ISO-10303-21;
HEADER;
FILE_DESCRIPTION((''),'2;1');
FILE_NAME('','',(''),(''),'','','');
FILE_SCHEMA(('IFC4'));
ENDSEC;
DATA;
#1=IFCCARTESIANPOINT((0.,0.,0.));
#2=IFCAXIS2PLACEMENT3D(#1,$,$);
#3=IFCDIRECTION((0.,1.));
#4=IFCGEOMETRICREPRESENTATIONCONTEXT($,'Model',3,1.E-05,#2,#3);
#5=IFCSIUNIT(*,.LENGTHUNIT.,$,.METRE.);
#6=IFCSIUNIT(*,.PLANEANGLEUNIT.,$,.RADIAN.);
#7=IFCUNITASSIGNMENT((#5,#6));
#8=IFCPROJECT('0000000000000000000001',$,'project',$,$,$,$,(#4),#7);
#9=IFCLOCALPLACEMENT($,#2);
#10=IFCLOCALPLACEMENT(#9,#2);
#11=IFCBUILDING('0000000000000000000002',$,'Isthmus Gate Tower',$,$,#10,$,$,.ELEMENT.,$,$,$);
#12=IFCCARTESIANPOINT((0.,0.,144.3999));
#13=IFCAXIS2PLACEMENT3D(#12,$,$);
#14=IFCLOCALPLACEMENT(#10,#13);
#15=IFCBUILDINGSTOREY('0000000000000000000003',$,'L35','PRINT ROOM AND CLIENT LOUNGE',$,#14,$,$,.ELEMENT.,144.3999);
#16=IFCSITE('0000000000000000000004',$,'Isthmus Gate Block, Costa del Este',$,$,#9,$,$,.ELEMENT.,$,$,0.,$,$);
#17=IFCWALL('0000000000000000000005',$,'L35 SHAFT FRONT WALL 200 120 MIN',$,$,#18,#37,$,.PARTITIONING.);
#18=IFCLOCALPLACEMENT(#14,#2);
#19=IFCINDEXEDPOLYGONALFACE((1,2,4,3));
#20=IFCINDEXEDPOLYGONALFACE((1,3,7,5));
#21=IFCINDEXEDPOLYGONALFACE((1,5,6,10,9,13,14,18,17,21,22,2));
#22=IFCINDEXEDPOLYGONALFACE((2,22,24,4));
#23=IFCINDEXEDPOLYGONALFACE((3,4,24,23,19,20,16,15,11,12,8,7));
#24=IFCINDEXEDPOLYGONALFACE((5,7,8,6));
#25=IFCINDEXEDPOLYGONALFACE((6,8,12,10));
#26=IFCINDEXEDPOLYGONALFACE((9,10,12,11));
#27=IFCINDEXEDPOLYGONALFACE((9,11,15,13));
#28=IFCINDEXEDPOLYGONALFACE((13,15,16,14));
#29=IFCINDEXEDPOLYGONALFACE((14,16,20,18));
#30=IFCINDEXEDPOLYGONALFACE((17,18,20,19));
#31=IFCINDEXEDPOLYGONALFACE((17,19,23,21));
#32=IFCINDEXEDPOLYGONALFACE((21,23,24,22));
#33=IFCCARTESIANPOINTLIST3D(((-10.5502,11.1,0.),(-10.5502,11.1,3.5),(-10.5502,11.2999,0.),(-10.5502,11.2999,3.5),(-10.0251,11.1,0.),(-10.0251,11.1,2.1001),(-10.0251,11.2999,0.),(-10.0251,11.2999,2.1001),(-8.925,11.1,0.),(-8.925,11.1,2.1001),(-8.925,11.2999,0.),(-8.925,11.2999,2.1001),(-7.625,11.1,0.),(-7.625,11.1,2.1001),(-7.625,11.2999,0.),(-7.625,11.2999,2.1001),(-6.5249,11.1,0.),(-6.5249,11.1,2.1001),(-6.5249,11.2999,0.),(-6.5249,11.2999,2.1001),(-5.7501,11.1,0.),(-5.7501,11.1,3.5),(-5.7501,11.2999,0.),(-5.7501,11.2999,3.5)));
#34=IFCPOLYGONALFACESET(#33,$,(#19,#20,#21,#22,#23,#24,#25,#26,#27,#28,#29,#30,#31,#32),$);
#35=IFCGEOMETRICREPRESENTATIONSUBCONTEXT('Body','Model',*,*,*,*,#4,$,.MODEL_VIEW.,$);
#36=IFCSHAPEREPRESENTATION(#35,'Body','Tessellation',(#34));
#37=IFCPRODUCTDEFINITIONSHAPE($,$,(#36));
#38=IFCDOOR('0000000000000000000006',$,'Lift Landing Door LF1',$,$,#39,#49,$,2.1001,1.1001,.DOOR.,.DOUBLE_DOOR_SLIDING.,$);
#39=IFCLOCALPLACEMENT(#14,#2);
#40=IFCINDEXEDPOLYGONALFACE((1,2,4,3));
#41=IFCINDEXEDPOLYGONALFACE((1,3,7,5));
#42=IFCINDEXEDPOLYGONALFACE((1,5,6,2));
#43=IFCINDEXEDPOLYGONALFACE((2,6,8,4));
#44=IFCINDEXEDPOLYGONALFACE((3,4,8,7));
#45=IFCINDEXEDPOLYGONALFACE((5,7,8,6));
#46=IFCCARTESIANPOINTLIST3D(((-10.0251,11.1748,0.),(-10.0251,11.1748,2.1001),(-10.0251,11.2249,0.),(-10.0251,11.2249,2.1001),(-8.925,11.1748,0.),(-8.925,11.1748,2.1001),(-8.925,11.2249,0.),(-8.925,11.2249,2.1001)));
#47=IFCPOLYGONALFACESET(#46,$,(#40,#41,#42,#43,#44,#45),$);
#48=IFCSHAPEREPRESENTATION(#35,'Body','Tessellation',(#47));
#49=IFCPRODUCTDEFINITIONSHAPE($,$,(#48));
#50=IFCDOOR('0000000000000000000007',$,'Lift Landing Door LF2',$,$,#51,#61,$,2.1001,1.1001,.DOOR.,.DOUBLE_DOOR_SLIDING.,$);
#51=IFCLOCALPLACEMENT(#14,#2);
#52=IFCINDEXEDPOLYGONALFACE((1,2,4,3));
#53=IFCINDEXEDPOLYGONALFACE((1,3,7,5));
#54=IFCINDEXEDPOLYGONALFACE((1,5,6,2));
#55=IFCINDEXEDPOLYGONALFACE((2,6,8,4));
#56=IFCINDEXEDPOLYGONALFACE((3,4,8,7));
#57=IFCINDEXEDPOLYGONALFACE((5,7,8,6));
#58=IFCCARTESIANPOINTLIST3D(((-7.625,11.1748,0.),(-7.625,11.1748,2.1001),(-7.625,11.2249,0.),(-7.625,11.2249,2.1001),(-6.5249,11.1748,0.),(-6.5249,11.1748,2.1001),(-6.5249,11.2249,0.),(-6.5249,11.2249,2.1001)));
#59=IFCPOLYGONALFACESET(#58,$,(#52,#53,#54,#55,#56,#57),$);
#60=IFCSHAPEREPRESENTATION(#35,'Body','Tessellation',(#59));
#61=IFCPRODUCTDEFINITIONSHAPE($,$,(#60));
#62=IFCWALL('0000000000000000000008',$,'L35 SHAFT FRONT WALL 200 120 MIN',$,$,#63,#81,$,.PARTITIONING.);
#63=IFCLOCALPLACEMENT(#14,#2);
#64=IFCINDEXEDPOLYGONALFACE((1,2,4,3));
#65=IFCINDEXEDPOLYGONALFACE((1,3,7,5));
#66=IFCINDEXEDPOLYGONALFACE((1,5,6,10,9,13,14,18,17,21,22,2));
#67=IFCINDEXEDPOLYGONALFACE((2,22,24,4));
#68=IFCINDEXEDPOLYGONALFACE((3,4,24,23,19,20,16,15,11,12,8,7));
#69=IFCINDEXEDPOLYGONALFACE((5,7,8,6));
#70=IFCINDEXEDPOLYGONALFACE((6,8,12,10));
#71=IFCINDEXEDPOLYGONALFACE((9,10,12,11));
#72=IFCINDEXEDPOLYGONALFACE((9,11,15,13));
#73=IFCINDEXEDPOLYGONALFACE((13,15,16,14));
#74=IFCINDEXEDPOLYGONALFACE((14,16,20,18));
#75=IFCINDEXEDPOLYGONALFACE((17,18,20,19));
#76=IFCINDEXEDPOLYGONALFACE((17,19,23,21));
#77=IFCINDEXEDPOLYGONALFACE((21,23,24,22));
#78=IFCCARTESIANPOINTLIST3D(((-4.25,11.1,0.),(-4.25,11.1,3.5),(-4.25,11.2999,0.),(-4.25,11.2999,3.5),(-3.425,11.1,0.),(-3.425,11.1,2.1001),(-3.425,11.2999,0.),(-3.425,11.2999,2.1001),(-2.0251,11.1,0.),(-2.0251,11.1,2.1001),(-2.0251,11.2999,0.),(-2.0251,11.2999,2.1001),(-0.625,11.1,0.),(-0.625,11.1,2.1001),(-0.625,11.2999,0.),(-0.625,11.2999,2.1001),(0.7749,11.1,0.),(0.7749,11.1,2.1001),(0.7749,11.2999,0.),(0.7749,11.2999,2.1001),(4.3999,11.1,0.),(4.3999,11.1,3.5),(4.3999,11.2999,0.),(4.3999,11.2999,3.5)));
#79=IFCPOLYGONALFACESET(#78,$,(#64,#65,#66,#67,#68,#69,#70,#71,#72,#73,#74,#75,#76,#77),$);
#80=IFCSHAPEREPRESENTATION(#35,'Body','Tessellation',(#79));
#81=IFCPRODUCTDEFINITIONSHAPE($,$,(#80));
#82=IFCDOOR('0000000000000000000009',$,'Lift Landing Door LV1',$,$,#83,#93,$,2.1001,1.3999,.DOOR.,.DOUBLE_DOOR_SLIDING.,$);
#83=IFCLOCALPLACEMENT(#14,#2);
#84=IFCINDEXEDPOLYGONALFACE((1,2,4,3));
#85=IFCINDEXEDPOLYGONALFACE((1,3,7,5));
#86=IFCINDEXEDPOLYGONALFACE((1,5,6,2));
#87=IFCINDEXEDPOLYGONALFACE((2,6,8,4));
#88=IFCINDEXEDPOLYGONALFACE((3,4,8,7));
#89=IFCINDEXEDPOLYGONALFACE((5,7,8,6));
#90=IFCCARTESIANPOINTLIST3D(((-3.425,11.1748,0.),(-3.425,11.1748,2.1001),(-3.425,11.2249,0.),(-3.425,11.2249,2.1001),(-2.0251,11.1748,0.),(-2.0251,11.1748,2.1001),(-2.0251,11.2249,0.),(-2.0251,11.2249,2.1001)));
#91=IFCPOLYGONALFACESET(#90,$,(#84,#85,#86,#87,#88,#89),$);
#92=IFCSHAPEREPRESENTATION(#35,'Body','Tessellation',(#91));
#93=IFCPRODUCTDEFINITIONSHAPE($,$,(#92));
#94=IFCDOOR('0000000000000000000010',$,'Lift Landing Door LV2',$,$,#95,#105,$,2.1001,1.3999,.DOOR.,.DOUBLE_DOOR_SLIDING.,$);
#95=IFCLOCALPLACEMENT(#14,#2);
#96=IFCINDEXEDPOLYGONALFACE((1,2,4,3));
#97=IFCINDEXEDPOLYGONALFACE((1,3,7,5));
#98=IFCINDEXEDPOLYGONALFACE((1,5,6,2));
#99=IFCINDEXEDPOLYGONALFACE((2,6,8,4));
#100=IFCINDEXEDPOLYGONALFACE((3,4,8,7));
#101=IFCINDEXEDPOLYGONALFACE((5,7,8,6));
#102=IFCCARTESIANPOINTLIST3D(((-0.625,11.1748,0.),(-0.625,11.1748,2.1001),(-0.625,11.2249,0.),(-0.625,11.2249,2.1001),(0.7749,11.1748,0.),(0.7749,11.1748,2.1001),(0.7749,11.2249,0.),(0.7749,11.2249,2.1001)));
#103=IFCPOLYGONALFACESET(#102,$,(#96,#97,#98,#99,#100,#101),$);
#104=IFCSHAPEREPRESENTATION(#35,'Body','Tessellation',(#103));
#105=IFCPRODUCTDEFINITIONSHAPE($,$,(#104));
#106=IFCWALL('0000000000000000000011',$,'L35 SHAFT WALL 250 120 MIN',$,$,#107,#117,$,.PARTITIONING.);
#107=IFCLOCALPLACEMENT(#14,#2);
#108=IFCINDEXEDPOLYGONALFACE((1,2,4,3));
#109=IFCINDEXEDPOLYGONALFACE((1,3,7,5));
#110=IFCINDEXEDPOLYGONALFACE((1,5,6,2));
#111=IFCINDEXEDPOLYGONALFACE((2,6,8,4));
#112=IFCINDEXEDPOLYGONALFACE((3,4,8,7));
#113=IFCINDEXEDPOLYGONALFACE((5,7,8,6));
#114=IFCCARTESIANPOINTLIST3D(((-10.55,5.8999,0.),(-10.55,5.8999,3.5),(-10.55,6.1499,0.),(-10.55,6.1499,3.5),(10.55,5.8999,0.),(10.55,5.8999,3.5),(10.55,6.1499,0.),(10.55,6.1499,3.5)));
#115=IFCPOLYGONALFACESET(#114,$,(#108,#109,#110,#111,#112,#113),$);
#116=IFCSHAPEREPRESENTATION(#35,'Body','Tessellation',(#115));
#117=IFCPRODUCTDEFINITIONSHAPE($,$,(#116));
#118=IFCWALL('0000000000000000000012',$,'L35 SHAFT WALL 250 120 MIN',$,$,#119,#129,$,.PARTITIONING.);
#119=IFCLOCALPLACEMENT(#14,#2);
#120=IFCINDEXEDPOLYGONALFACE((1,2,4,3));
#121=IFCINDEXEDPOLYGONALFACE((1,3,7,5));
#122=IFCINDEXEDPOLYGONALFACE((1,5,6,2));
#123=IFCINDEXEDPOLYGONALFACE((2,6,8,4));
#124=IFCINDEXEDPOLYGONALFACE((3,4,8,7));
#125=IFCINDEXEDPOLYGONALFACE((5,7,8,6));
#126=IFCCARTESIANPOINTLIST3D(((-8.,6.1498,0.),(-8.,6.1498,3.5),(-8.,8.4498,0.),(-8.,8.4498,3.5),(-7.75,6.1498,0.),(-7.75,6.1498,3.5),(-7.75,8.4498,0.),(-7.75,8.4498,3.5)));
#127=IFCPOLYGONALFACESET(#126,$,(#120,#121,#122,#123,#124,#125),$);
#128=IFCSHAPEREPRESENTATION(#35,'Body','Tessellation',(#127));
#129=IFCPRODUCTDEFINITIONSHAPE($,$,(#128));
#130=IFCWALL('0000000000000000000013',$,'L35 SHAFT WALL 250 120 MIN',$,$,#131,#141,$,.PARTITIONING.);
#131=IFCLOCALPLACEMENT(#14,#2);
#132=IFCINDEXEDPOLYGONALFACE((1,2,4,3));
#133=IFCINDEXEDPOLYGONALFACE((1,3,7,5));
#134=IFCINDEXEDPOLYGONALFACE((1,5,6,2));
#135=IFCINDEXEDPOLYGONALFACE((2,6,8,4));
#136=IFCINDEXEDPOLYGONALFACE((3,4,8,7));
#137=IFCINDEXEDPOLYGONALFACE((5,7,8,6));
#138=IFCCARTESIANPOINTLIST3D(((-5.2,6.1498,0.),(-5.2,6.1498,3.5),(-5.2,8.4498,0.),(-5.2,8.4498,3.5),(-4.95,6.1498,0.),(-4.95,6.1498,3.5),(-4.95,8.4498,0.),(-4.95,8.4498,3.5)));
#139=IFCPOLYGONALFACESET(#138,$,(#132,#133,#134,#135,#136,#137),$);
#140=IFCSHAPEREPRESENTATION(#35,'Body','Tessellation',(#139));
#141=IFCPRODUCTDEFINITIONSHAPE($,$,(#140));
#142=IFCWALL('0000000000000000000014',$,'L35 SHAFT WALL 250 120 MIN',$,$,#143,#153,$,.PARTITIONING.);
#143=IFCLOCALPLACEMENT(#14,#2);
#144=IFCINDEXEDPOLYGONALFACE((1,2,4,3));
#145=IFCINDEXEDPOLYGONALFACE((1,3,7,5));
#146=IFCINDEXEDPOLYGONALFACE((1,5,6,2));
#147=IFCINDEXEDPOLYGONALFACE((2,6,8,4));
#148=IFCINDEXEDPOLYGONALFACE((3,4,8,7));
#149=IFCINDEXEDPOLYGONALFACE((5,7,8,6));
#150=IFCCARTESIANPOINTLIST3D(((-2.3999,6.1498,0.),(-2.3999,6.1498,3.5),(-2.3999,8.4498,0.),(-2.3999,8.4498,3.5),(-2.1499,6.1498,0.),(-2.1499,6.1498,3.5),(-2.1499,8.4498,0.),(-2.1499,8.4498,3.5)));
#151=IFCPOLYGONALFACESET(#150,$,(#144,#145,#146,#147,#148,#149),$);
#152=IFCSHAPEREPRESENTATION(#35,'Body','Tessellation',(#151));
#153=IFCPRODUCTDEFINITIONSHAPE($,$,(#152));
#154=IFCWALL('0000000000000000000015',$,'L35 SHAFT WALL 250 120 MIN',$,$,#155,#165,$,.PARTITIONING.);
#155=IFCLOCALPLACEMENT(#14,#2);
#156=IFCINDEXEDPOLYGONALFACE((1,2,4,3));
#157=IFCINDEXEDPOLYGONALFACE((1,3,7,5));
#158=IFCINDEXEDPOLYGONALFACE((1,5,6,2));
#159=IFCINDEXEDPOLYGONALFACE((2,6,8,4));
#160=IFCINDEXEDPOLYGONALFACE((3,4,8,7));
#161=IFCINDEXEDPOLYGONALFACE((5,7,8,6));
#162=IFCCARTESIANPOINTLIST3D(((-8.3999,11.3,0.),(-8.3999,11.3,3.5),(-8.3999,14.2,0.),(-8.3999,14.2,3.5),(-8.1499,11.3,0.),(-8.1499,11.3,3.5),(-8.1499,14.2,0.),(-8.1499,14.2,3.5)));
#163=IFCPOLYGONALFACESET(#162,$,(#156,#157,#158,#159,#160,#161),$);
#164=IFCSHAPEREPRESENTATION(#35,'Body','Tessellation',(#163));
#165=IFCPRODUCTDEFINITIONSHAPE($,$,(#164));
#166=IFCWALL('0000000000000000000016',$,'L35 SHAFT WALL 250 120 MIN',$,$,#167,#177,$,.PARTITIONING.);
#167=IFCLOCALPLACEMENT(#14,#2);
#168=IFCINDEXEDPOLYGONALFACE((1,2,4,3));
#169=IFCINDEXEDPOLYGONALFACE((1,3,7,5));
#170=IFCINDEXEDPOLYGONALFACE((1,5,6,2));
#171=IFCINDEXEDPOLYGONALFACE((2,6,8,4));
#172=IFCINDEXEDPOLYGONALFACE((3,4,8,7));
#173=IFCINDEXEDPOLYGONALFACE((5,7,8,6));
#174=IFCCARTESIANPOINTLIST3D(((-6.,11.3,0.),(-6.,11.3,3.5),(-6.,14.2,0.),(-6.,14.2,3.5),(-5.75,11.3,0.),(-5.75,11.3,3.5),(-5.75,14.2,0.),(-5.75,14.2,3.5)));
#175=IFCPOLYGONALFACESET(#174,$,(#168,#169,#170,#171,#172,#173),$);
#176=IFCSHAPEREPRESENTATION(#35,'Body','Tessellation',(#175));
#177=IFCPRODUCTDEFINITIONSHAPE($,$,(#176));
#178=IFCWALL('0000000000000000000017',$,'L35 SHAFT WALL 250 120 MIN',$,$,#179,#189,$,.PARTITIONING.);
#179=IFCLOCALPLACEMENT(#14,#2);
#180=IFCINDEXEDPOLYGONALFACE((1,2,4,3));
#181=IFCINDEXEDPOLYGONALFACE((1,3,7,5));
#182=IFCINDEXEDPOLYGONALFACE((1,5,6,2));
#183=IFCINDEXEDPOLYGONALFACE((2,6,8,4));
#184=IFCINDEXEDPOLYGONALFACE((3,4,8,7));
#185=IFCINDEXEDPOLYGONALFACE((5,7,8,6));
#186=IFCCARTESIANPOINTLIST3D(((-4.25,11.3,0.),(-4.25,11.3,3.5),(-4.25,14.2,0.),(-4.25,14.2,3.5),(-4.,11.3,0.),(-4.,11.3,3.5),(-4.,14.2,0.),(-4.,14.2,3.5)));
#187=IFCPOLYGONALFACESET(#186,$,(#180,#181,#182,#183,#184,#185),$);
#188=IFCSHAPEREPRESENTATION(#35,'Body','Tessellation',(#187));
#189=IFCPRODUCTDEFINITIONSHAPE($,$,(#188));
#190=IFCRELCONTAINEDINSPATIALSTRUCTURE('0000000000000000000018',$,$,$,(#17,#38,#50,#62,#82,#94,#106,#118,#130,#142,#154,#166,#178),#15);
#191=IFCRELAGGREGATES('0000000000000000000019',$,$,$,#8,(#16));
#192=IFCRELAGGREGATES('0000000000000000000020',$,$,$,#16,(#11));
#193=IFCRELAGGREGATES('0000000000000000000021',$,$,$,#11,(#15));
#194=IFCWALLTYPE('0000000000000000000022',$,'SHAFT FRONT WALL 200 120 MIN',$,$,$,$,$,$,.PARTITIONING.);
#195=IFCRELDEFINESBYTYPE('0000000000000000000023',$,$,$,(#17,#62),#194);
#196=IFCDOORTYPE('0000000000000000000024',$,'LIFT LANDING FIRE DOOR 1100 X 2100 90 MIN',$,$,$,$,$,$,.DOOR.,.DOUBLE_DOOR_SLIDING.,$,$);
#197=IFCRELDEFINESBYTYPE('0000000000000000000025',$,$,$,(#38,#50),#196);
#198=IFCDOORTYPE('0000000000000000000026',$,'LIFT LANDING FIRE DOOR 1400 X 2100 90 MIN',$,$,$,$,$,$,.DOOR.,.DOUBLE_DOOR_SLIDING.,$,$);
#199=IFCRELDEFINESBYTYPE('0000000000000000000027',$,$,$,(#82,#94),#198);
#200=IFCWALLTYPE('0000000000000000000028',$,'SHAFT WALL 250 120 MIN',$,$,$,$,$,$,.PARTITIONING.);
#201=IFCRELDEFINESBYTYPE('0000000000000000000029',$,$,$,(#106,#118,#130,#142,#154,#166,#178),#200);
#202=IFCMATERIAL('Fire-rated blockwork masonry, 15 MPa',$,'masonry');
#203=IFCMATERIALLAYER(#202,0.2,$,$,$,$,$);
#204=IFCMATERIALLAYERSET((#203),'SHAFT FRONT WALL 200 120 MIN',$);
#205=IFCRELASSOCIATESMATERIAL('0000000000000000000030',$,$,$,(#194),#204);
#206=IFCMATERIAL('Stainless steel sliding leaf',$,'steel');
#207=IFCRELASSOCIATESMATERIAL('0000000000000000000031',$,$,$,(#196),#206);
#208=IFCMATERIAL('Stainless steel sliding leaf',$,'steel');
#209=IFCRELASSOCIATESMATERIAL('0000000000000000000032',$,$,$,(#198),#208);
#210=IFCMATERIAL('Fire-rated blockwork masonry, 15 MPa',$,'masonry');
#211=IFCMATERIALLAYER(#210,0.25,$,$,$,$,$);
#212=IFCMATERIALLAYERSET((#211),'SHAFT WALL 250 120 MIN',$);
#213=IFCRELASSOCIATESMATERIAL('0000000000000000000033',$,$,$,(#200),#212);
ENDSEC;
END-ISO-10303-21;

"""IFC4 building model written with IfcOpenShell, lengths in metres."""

from ifc_helpers import new_model, si_unit, direction, frame, frame_2d, origin, place, context, subcontext, project, spatial, rectangle, extrude, material, layer, layer_set, type_object, element, fill, save


model = new_model("IFC4")

# Units and contexts
model_context = context("Model", 3, precision=1e-05, world=origin(), true_north=direction((0.0, 1.0)))
body_context = subcontext(model_context, "Body", "Model", "MODEL_VIEW")
ifc_project = project(units=[si_unit("LENGTHUNIT", "METRE"), si_unit("PLANEANGLEUNIT", "RADIAN")], contexts=[model_context])

# Site, building, storey
site_placement = place(None, origin())
site = spatial("IfcSite", under=ifc_project, at=site_placement, Name="Isthmus Gate Block, Costa del Este", CompositionType="ELEMENT", RefElevation=0.0)
building_placement = place(site_placement, origin())
building = spatial("IfcBuilding", under=site, at=building_placement, Name="Isthmus Gate Tower", CompositionType="ELEMENT")
storey_placement = place(building_placement, frame((0.0, 0.0, 144.3999)))
storey = spatial("IfcBuildingStorey", under=building, at=storey_placement, Name="L35", Description="PRINT ROOM AND CLIENT LOUNGE", CompositionType="ELEMENT", Elevation=144.3999)

# Walls, openings, doors
ifc_material_1 = material(Name="Fire-rated blockwork masonry, 15 MPa", Category="masonry")
ifc_layer_1 = layer(ifc_material_1, 0.2)
ifc_layer_set_1 = layer_set([ifc_layer_1], Name="SHAFT FRONT WALL 200 120 MIN")
wall_type_1 = type_object("IfcWallType", Name="SHAFT FRONT WALL 200 120 MIN", PredefinedType="PARTITIONING", material=ifc_layer_set_1)
wall_1_placement = place(storey_placement, frame((-10.55, 11.2, 0.0), z_axis=(0.0, 0.0, 1.0), x_axis=(1.0, 0.0, 0.0)))
wall_1 = element("IfcWall", 1, at=wall_1_placement, inside=storey, type_object=wall_type_1, Name="L35 SHAFT FRONT WALL 200 120 MIN", PredefinedType="PARTITIONING", context=body_context, shape_type="SweptSolid", body=[
    extrude(rectangle(XDim=4.8, YDim=0.2, at=frame_2d((2.3999, 0.0))), origin(), (0.0, 0.0, 1.0), 3.5),
])
opening_1_placement = place(wall_1_placement, frame((0.5249, 0.0, 0.0)))
opening_1 = element("IfcOpeningElement", 2, at=opening_1_placement, cuts=wall_1, PredefinedType="OPENING", context=body_context, shape_type="SweptSolid", body=[
    extrude(rectangle(XDim=1.1001, YDim=2.1001, at=frame_2d((0.55, 1.05))), frame((0.0, 0.1099, 0.0), z_axis=(0.0, -1.0, 0.0), x_axis=(1.0, 0.0, 0.0)), (0.0, 0.0, 1.0), 0.22),
])
opening_2_placement = place(wall_1_placement, frame((2.925, 0.0, 0.0)))
opening_2 = element("IfcOpeningElement", 3, at=opening_2_placement, cuts=wall_1, PredefinedType="OPENING", context=body_context, shape_type="SweptSolid", body=[
    extrude(rectangle(XDim=1.1001, YDim=2.1001, at=frame_2d((0.55, 1.05))), frame((0.0, 0.1099, 0.0), z_axis=(0.0, -1.0, 0.0), x_axis=(1.0, 0.0, 0.0)), (0.0, 0.0, 1.0), 0.22),
])
ifc_material_2 = material(Name="Stainless steel sliding leaf", Category="steel")
door_type_1 = type_object("IfcDoorType", Name="LIFT LANDING FIRE DOOR 1100 X 2100 90 MIN", OperationType="DOUBLE_DOOR_SLIDING", PredefinedType="DOOR", material=ifc_material_2)
door_1_placement = place(opening_1_placement, origin())
door_1 = element("IfcDoor", 4, at=door_1_placement, inside=storey, type_object=door_type_1, Name="Lift Landing Door LF1", OperationType="DOUBLE_DOOR_SLIDING", OverallHeight=2.1001, OverallWidth=1.1001, PredefinedType="DOOR", context=body_context, shape_type="SweptSolid", body=[
    extrude(rectangle(XDim=1.1001, YDim=2.1001, at=frame_2d((0.55, 1.05))), frame((0.0, 0.0249, 0.0), z_axis=(0.0, -1.0, 0.0), x_axis=(1.0, 0.0, 0.0)), (0.0, 0.0, 1.0), 0.05),
])
fill(opening_1, door_1)
door_2_placement = place(opening_2_placement, origin())
door_2 = element("IfcDoor", 5, at=door_2_placement, inside=storey, type_object=door_type_1, Name="Lift Landing Door LF2", OperationType="DOUBLE_DOOR_SLIDING", OverallHeight=2.1001, OverallWidth=1.1001, PredefinedType="DOOR", context=body_context, shape_type="SweptSolid", body=[
    extrude(rectangle(XDim=1.1001, YDim=2.1001, at=frame_2d((0.55, 1.05))), frame((0.0, 0.0249, 0.0), z_axis=(0.0, -1.0, 0.0), x_axis=(1.0, 0.0, 0.0)), (0.0, 0.0, 1.0), 0.05),
])
fill(opening_2, door_2)
wall_2_placement = place(storey_placement, frame((-4.25, 11.2, 0.0), z_axis=(0.0, 0.0, 1.0), x_axis=(1.0, 0.0, 0.0)))
wall_2 = element("IfcWall", 6, at=wall_2_placement, inside=storey, type_object=wall_type_1, Name="L35 SHAFT FRONT WALL 200 120 MIN", PredefinedType="PARTITIONING", context=body_context, shape_type="SweptSolid", body=[
    extrude(rectangle(XDim=8.6499, YDim=0.2, at=frame_2d((4.325, 0.0))), origin(), (0.0, 0.0, 1.0), 3.5),
])
opening_3_placement = place(wall_2_placement, frame((0.825, 0.0, 0.0)))
opening_3 = element("IfcOpeningElement", 7, at=opening_3_placement, cuts=wall_2, PredefinedType="OPENING", context=body_context, shape_type="SweptSolid", body=[
    extrude(rectangle(XDim=1.3999, YDim=2.1001, at=frame_2d((0.7, 1.05))), frame((0.0, 0.1099, 0.0), z_axis=(0.0, -1.0, 0.0), x_axis=(1.0, 0.0, 0.0)), (0.0, 0.0, 1.0), 0.22),
])
opening_4_placement = place(wall_2_placement, frame((3.625, 0.0, 0.0)))
opening_4 = element("IfcOpeningElement", 8, at=opening_4_placement, cuts=wall_2, PredefinedType="OPENING", context=body_context, shape_type="SweptSolid", body=[
    extrude(rectangle(XDim=1.3999, YDim=2.1001, at=frame_2d((0.7, 1.05))), frame((0.0, 0.1099, 0.0), z_axis=(0.0, -1.0, 0.0), x_axis=(1.0, 0.0, 0.0)), (0.0, 0.0, 1.0), 0.22),
])
ifc_material_3 = material(Name="Stainless steel sliding leaf", Category="steel")
door_type_2 = type_object("IfcDoorType", Name="LIFT LANDING FIRE DOOR 1400 X 2100 90 MIN", OperationType="DOUBLE_DOOR_SLIDING", PredefinedType="DOOR", material=ifc_material_3)
door_3_placement = place(opening_3_placement, origin())
door_3 = element("IfcDoor", 9, at=door_3_placement, inside=storey, type_object=door_type_2, Name="Lift Landing Door LV1", OperationType="DOUBLE_DOOR_SLIDING", OverallHeight=2.1001, OverallWidth=1.3999, PredefinedType="DOOR", context=body_context, shape_type="SweptSolid", body=[
    extrude(rectangle(XDim=1.3999, YDim=2.1001, at=frame_2d((0.7, 1.05))), frame((0.0, 0.0249, 0.0), z_axis=(0.0, -1.0, 0.0), x_axis=(1.0, 0.0, 0.0)), (0.0, 0.0, 1.0), 0.05),
])
fill(opening_3, door_3)
door_4_placement = place(opening_4_placement, origin())
door_4 = element("IfcDoor", 10, at=door_4_placement, inside=storey, type_object=door_type_2, Name="Lift Landing Door LV2", OperationType="DOUBLE_DOOR_SLIDING", OverallHeight=2.1001, OverallWidth=1.3999, PredefinedType="DOOR", context=body_context, shape_type="SweptSolid", body=[
    extrude(rectangle(XDim=1.3999, YDim=2.1001, at=frame_2d((0.7, 1.05))), frame((0.0, 0.0249, 0.0), z_axis=(0.0, -1.0, 0.0), x_axis=(1.0, 0.0, 0.0)), (0.0, 0.0, 1.0), 0.05),
])
fill(opening_4, door_4)

# Walls
ifc_material_4 = material(Name="Fire-rated blockwork masonry, 15 MPa", Category="masonry")
ifc_layer_2 = layer(ifc_material_4, 0.25)
ifc_layer_set_2 = layer_set([ifc_layer_2], Name="SHAFT WALL 250 120 MIN")
wall_type_2 = type_object("IfcWallType", Name="SHAFT WALL 250 120 MIN", PredefinedType="PARTITIONING", material=ifc_layer_set_2)
wall_3_placement = place(storey_placement, frame((-10.55, 6.0249, 0.0), z_axis=(0.0, 0.0, 1.0), x_axis=(1.0, 0.0, 0.0)))
element("IfcWall", 11, at=wall_3_placement, inside=storey, type_object=wall_type_2, Name="L35 SHAFT WALL 250 120 MIN", PredefinedType="PARTITIONING", context=body_context, shape_type="SweptSolid", body=[
    extrude(rectangle(XDim=21.1001, YDim=0.25, at=frame_2d((10.55, 0.0))), origin(), (0.0, 0.0, 1.0), 3.5),
])
for number, where, z_axis, x_axis, name in (
    (12, (-7.875, 6.1499, 0.0), (0.0, 0.0, 1.0), (0.0, 1.0, 0.0), "L35 SHAFT WALL 250 120 MIN"),
    (13, (-5.075, 6.1499, 0.0), (0.0, 0.0, 1.0), (0.0, 1.0, 0.0), "L35 SHAFT WALL 250 120 MIN"),
    (14, (-2.2749, 6.1499, 0.0), (0.0, 0.0, 1.0), (0.0, 1.0, 0.0), "L35 SHAFT WALL 250 120 MIN"),
):
    element("IfcWall", number, at=place(storey_placement, frame(where, z_axis=z_axis, x_axis=x_axis)), inside=storey, type_object=wall_type_2, Name=name, PredefinedType="PARTITIONING", context=body_context, shape_type="SweptSolid", body=[
        extrude(rectangle(XDim=2.3, YDim=0.25, at=frame_2d((1.1499, 0.0))), origin(), (0.0, 0.0, 1.0), 3.5),
    ])
for number, where, z_axis, x_axis, name in (
    (15, (-8.2749, 11.3, 0.0), (0.0, 0.0, 1.0), (0.0, 1.0, 0.0), "L35 SHAFT WALL 250 120 MIN"),
    (16, (-5.875, 11.3, 0.0), (0.0, 0.0, 1.0), (0.0, 1.0, 0.0), "L35 SHAFT WALL 250 120 MIN"),
    (17, (-4.125, 11.3, 0.0), (0.0, 0.0, 1.0), (0.0, 1.0, 0.0), "L35 SHAFT WALL 250 120 MIN"),
):
    element("IfcWall", number, at=place(storey_placement, frame(where, z_axis=z_axis, x_axis=x_axis)), inside=storey, type_object=wall_type_2, Name=name, PredefinedType="PARTITIONING", context=body_context, shape_type="SweptSolid", body=[
        extrude(rectangle(XDim=2.8999, YDim=0.25, at=frame_2d((1.45, 0.0))), origin(), (0.0, 0.0, 1.0), 3.5),
    ])

save(model, "model.ifc")
